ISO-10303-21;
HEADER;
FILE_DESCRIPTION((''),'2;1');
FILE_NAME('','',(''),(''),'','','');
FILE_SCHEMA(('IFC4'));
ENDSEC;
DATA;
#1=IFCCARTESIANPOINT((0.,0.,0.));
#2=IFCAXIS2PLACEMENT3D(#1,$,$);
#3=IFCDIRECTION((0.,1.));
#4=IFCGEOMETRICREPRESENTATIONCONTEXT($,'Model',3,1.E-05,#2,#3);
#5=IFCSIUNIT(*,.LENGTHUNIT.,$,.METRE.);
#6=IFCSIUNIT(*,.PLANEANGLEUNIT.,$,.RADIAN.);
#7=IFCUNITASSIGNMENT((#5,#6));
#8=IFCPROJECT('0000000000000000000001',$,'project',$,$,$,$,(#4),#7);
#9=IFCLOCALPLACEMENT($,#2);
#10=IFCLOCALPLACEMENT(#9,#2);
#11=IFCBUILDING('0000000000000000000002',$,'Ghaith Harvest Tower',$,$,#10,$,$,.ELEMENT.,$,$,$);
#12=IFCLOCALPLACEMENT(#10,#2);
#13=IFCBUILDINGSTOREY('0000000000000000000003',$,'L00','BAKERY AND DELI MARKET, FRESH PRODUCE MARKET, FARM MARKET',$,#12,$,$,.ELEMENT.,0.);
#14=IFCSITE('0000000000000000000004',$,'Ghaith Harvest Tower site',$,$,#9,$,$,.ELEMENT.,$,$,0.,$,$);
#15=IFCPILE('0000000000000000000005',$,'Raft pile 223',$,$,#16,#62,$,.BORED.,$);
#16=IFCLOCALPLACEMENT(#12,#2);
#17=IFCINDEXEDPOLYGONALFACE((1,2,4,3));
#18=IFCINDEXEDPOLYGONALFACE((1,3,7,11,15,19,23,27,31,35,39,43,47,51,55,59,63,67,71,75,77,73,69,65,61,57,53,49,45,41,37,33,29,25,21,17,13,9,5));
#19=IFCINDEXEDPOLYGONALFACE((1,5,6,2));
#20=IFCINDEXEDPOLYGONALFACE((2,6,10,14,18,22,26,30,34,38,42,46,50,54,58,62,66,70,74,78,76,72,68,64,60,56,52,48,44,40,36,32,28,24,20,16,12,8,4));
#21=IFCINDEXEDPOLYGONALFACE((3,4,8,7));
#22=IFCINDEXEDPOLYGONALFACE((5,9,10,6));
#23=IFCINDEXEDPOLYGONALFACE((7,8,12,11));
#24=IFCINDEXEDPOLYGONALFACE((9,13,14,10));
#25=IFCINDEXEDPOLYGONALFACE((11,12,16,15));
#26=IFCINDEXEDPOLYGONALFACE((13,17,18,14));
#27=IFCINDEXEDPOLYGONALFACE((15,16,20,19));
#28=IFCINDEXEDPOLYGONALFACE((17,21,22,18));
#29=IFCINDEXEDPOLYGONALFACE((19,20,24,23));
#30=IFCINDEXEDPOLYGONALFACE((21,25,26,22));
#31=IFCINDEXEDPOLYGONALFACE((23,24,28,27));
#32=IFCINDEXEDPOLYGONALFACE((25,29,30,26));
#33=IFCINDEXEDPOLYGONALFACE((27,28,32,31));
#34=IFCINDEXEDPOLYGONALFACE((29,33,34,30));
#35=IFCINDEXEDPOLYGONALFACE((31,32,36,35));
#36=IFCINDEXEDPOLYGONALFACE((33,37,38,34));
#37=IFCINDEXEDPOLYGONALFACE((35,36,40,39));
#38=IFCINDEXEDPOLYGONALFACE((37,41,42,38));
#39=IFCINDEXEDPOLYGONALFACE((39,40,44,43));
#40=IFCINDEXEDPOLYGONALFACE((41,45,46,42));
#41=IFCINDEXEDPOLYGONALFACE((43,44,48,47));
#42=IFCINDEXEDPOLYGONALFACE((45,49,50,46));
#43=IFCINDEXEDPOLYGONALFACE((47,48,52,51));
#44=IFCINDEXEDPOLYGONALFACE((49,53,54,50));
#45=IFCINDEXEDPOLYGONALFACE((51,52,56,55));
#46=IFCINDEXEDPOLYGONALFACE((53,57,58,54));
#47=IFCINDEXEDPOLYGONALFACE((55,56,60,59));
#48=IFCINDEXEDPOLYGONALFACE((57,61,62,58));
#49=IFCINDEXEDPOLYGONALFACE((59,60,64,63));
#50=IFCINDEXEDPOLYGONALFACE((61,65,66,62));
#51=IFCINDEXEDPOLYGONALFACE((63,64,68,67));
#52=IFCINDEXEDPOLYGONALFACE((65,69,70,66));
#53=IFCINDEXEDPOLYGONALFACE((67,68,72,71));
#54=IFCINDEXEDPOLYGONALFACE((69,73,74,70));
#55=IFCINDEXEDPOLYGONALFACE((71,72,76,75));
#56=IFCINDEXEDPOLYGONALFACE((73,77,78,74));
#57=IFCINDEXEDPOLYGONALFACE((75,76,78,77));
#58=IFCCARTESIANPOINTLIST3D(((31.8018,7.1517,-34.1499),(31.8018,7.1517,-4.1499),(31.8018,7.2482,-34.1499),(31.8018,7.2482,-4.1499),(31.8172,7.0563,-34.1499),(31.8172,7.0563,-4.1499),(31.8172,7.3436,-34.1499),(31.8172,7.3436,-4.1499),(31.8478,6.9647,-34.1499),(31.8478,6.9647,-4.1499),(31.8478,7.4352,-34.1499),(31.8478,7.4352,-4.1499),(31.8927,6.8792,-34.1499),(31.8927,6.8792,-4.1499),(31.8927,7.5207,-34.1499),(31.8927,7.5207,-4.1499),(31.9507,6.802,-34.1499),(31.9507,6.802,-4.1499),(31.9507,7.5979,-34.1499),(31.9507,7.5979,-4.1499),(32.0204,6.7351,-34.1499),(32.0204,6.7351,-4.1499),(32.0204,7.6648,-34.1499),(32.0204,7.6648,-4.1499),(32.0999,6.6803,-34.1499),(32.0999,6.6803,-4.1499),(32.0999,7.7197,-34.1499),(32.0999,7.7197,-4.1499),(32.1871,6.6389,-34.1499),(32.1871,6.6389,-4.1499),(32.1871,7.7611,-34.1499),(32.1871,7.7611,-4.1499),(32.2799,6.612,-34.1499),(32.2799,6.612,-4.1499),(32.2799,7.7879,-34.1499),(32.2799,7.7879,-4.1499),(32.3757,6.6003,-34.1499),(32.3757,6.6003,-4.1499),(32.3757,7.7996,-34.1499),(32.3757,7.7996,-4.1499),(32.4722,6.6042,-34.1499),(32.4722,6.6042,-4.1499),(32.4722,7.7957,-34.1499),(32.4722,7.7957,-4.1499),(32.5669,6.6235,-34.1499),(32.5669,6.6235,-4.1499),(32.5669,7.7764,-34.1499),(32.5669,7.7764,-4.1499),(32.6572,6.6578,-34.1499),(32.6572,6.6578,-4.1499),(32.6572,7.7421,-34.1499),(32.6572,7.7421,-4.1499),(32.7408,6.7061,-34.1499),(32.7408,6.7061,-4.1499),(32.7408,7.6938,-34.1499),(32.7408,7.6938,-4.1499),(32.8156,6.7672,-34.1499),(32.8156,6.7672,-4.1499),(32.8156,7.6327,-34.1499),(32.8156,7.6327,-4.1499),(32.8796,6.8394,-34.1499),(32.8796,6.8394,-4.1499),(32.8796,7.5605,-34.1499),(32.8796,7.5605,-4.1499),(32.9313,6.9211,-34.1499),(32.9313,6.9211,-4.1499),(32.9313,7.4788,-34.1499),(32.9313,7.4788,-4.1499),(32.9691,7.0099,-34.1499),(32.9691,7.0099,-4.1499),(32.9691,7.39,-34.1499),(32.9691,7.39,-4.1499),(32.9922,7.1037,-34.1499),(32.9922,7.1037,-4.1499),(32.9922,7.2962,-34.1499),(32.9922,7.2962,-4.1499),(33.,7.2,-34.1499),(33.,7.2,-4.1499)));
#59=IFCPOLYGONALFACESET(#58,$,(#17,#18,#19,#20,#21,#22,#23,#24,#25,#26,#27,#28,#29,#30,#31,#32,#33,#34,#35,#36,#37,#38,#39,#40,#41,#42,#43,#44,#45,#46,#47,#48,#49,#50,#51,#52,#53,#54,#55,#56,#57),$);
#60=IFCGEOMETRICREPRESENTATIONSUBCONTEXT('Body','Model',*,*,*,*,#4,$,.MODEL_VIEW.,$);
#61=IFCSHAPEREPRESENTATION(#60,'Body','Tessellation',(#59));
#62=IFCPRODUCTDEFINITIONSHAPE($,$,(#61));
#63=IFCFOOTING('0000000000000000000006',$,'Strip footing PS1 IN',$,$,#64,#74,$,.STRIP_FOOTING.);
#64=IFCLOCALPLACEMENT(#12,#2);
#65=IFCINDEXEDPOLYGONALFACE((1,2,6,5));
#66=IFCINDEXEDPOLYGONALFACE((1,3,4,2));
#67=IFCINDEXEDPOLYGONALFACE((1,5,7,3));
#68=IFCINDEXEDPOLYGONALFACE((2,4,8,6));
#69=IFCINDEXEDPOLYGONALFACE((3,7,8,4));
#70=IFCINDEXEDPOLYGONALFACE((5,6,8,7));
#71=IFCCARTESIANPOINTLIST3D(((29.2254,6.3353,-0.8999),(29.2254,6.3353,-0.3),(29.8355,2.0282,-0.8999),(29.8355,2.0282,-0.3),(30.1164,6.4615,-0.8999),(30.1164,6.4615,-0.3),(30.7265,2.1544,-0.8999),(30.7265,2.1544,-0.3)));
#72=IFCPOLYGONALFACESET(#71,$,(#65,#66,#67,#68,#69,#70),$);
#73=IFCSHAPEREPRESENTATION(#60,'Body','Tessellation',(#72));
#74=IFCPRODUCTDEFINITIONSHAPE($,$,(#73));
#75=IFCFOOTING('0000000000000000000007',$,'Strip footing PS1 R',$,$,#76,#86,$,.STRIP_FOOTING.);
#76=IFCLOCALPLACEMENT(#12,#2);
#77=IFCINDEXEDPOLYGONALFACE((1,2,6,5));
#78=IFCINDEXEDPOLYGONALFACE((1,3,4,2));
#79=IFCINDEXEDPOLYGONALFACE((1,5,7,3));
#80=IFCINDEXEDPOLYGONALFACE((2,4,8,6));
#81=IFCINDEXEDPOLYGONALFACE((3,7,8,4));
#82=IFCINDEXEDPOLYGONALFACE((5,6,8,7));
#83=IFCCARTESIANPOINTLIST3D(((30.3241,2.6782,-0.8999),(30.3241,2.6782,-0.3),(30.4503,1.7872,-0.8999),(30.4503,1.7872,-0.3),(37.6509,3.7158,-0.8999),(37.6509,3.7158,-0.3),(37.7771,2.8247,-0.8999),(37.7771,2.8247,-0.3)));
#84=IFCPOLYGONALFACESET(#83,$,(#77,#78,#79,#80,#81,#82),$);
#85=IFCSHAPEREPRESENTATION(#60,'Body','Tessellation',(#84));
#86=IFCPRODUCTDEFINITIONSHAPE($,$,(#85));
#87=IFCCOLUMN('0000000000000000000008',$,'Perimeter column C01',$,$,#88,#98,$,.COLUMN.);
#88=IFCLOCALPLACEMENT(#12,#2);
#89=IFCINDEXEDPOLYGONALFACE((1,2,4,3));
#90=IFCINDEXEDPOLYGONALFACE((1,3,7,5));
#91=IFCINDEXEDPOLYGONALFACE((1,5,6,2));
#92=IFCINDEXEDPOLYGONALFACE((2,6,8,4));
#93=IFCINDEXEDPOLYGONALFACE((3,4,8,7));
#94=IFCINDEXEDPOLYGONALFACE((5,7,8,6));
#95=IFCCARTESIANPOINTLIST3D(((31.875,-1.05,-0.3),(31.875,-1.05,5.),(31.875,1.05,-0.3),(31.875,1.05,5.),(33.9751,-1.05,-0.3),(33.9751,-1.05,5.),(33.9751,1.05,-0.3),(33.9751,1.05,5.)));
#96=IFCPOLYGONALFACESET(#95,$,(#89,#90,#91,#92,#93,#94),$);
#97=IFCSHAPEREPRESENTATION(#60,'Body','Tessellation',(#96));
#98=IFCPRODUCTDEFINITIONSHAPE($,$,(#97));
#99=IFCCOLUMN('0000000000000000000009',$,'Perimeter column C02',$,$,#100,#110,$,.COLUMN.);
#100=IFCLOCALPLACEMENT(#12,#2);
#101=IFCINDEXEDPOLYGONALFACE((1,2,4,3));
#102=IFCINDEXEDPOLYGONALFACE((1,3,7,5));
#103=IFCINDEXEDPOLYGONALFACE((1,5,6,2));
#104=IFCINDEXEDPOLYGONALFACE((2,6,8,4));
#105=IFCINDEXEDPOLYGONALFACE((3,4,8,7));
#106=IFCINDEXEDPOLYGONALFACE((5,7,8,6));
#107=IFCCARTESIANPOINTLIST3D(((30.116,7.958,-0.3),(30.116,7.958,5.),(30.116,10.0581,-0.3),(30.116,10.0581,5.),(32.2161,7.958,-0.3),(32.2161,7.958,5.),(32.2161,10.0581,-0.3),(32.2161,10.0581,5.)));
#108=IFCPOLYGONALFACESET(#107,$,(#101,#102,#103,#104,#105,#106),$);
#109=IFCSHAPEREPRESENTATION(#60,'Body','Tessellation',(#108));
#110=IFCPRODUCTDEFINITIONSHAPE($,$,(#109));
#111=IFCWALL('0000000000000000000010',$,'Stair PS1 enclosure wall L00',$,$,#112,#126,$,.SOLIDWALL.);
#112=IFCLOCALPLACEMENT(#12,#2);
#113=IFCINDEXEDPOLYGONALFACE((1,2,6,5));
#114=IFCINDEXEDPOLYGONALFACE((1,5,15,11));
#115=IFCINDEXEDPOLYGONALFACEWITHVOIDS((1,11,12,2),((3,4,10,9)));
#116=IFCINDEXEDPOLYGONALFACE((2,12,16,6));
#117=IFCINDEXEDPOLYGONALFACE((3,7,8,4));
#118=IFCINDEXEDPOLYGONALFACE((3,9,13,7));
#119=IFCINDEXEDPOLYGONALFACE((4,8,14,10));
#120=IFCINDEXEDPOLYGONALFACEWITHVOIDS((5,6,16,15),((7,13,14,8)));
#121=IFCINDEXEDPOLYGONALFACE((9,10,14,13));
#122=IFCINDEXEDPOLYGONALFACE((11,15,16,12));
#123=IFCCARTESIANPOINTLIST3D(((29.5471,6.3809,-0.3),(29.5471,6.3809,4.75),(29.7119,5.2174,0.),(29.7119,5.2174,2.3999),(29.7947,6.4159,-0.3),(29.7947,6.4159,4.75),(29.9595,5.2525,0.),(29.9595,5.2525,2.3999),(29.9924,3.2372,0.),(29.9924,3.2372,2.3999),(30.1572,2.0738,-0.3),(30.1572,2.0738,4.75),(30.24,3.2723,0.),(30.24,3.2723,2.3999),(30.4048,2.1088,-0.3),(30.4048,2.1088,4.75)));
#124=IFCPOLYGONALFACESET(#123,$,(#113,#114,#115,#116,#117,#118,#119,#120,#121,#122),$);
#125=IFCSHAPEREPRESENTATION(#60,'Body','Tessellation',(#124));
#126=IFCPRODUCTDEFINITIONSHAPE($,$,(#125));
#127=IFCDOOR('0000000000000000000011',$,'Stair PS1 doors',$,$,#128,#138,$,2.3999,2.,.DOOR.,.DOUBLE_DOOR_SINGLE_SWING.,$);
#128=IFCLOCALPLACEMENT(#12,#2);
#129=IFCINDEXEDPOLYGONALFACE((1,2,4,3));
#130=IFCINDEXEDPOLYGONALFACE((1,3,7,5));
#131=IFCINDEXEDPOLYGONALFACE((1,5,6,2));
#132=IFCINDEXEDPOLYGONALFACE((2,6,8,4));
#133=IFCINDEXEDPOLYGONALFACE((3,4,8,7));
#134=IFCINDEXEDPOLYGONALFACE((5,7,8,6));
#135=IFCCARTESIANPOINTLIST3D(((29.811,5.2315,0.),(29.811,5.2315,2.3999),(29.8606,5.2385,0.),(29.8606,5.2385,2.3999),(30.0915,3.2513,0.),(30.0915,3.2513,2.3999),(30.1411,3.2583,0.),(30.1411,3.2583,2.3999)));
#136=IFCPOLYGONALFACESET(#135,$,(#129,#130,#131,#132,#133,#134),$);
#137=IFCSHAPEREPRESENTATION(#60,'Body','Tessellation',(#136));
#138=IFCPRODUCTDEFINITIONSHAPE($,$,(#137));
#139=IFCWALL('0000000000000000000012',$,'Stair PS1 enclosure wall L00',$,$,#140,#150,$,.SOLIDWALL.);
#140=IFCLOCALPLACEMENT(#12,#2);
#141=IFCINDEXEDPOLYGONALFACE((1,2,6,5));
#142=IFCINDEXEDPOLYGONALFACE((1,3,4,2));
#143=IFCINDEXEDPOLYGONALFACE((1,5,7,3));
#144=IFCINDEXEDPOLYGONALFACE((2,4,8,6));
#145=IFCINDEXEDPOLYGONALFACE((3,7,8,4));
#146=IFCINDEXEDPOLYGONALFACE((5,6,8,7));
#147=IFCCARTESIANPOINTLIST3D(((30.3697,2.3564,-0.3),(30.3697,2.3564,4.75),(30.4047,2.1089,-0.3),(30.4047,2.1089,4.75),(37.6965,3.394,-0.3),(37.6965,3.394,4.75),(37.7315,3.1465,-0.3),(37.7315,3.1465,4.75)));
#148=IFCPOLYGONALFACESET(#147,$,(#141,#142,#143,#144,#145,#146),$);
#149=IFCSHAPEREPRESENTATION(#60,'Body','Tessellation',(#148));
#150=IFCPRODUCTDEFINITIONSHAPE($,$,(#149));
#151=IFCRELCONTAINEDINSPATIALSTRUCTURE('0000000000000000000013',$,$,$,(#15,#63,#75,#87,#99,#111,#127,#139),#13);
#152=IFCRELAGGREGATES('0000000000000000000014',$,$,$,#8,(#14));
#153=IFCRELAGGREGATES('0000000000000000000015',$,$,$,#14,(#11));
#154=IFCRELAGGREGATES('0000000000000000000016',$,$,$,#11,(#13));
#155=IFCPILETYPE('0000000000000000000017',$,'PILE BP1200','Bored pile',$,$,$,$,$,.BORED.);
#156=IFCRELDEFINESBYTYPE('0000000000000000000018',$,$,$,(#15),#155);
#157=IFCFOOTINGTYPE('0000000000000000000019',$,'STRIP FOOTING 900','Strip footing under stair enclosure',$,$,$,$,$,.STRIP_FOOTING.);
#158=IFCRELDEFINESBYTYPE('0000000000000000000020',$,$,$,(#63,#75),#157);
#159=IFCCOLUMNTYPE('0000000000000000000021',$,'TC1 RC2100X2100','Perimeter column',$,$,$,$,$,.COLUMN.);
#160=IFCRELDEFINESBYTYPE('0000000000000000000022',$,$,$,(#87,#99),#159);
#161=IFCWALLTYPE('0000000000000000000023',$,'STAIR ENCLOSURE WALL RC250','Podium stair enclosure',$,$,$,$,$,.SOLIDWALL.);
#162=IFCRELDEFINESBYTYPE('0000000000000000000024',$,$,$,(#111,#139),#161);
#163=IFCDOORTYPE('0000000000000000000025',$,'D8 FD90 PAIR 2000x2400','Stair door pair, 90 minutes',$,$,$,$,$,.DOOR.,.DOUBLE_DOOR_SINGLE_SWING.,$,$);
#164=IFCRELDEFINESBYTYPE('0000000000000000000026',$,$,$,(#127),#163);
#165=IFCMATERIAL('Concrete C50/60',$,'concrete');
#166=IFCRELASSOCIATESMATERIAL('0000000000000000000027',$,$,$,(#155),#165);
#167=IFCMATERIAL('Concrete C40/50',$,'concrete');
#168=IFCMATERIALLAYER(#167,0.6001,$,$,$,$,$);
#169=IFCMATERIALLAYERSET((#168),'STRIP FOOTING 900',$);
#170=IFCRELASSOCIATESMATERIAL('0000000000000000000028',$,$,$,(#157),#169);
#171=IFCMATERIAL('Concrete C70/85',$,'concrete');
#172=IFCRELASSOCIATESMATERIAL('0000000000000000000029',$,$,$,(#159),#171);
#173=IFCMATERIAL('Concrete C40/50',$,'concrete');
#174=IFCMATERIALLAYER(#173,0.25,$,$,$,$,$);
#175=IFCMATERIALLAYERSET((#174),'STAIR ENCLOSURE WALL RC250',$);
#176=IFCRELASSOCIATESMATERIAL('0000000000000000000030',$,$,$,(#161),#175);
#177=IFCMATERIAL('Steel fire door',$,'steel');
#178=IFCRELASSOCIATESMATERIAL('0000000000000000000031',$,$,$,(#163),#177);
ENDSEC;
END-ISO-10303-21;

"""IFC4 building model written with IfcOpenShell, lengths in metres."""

from ifc_helpers import new_model, si_unit, direction, frame, frame_2d, origin, origin_2d, place, context, subcontext, project, spatial, rectangle, circle, extrude, material, layer, layer_set, material_profile, profile_set, type_object, element, fill, save


model = new_model("IFC4")

# Units and contexts
model_context = context("Model", 3, precision=1e-05, world=origin(), true_north=direction((0.0, 1.0)))
body_context = subcontext(model_context, "Body", "Model", "MODEL_VIEW")
ifc_project = project(units=[si_unit("LENGTHUNIT", "METRE"), si_unit("PLANEANGLEUNIT", "RADIAN")], contexts=[model_context])

# Site, building, storey
site_placement = place(None, origin())
site = spatial("IfcSite", under=ifc_project, at=site_placement, Name="Ghaith Harvest Tower site", CompositionType="ELEMENT", RefElevation=0.0)
building_placement = place(site_placement, origin())
building = spatial("IfcBuilding", under=site, at=building_placement, Name="Ghaith Harvest Tower", CompositionType="ELEMENT")
storey_placement = place(building_placement, origin())
storey = spatial("IfcBuildingStorey", under=building, at=storey_placement, Name="L00", Description="BAKERY AND DELI MARKET, FRESH PRODUCE MARKET, FARM MARKET", CompositionType="ELEMENT", Elevation=0.0)

# Pile
ifc_material_1 = material(Name="Concrete C50/60", Category="concrete")
ifc_material_profile_1 = material_profile(ifc_material_1, circle(Radius=0.6001, at=origin_2d()), Name="PILE1200")
ifc_profile_set_1 = profile_set([ifc_material_profile_1], Name="Concrete C50/60")
pile_type = type_object("IfcPileType", Name="PILE BP1200", Description="Bored pile", PredefinedType="BORED", material=ifc_profile_set_1)
for number, where, z_axis, x_axis, name in (
    (1, (32.3999, 7.2, -4.1499), (0.0, 0.0, -1.0), (1.0, 0.0, 0.0), "Raft pile 223"),
):
    element("IfcPile", number, at=place(storey_placement, frame(where, z_axis=z_axis, x_axis=x_axis)), inside=storey, type_object=pile_type, Name=name, PredefinedType="BORED", context=body_context, shape_type="SweptSolid", body=[
        extrude(circle(Radius=0.6001, at=origin_2d()), origin(), (0.0, 0.0, 1.0), 30.0),
    ])

# Footings
ifc_material_2 = material(Name="Concrete C40/50", Category="concrete")
ifc_layer_1 = layer(ifc_material_2, 0.6001)
ifc_layer_set_1 = layer_set([ifc_layer_1], Name="STRIP FOOTING 900")
footing_type = type_object("IfcFootingType", Name="STRIP FOOTING 900", Description="Strip footing under stair enclosure", PredefinedType="STRIP_FOOTING", material=ifc_layer_set_1)
footing_1_placement = place(storey_placement, frame((30.281, 2.0913, -0.8999), z_axis=(0.0, 0.0, 1.0), x_axis=(-0.140251, 0.990116, 0.0)))
element("IfcFooting", 2, at=footing_1_placement, inside=storey, type_object=footing_type, Name="Strip footing PS1 IN", PredefinedType="STRIP_FOOTING", context=body_context, shape_type="SweptSolid", body=[
    extrude(rectangle(XDim=4.3501, YDim=0.8999, at=frame_2d((2.175, 0.0))), origin(), (0.0, 0.0, 1.0), 0.5999),
])
footing_2_placement = place(storey_placement, frame((30.3872, 2.2327, -0.8999), z_axis=(0.0, 0.0, 1.0), x_axis=(0.990121, 0.140216, 0.0)))
element("IfcFooting", 3, at=footing_2_placement, inside=storey, type_object=footing_type, Name="Strip footing PS1 R", PredefinedType="STRIP_FOOTING", context=body_context, shape_type="SweptSolid", body=[
    extrude(rectangle(XDim=7.3999, YDim=0.8999, at=frame_2d((3.7, 0.0))), origin(), (0.0, 0.0, 1.0), 0.5999),
])

# Columns
ifc_material_3 = material(Name="Concrete C70/85", Category="concrete")
ifc_material_profile_2 = material_profile(ifc_material_3, rectangle(XDim=2.1001, YDim=2.1001, at=origin_2d()), Name="RC2100X2100")
ifc_profile_set_2 = profile_set([ifc_material_profile_2], Name="Concrete C70/85")
column_type = type_object("IfcColumnType", Name="TC1 RC2100X2100", Description="Perimeter column", PredefinedType="COLUMN", material=ifc_profile_set_2)
for number, where, z_axis, x_axis, name in (
    (4, (32.925, 0.0, -0.3), (0.0, 0.0, 1.0), (1.0, 0.0, 0.0), "Perimeter column C01"),
    (5, (31.166, 9.0081, -0.3), (0.0, 0.0, 1.0), (1.0, 0.0, 0.0), "Perimeter column C02"),
):
    element("IfcColumn", number, at=place(storey_placement, frame(where, z_axis=z_axis, x_axis=x_axis)), inside=storey, type_object=column_type, Name=name, PredefinedType="COLUMN", context=body_context, shape_type="SweptSolid", body=[
        extrude(rectangle(XDim=2.1001, YDim=2.1001, at=origin_2d()), origin(), (0.0, 0.0, 1.0), 5.3),
    ])

# Wall, opening, door
ifc_material_4 = material(Name="Concrete C40/50", Category="concrete")
ifc_layer_2 = layer(ifc_material_4, 0.25)
ifc_layer_set_2 = layer_set([ifc_layer_2], Name="STAIR ENCLOSURE WALL RC250")
wall_type = type_object("IfcWallType", Name="STAIR ENCLOSURE WALL RC250", Description="Podium stair enclosure", PredefinedType="SOLIDWALL", material=ifc_layer_set_2)
wall_1_placement = place(storey_placement, frame((30.281, 2.0913, -0.3), z_axis=(0.0, 0.0, 1.0), x_axis=(-0.140251, 0.990116, 0.0)))
wall_1 = element("IfcWall", 6, at=wall_1_placement, inside=storey, type_object=wall_type, Name="Stair PS1 enclosure wall L00", PredefinedType="SOLIDWALL", context=body_context, shape_type="SweptSolid", body=[
    extrude(rectangle(XDim=4.3501, YDim=0.25, at=frame_2d((2.175, 0.0))), origin(), (0.0, 0.0, 1.0), 5.05),
])
opening_placement = place(wall_1_placement, frame((1.175, 0.0, 0.3)))
opening = element("IfcOpeningElement", 7, at=opening_placement, cuts=wall_1, PredefinedType="OPENING", context=body_context, shape_type="SweptSolid", body=[
    extrude(rectangle(XDim=2.0, YDim=2.3999, at=frame_2d((1.0, 1.2))), frame((0.0, 0.135, 0.0), z_axis=(0.0, -1.0, 0.0), x_axis=(1.0, 0.0, 0.0)), (0.0, 0.0, 1.0), 0.27),
])
ifc_material_5 = material(Name="Steel fire door", Category="steel")
door_type = type_object("IfcDoorType", Name="D8 FD90 PAIR 2000x2400", Description="Stair door pair, 90 minutes", OperationType="DOUBLE_DOOR_SINGLE_SWING", PredefinedType="DOOR", material=ifc_material_5)
door_placement = place(opening_placement, origin())
door = element("IfcDoor", 8, at=door_placement, inside=storey, type_object=door_type, Name="Stair PS1 doors", OperationType="DOUBLE_DOOR_SINGLE_SWING", OverallHeight=2.3999, OverallWidth=2.0, PredefinedType="DOOR", context=body_context, shape_type="SweptSolid", body=[
    extrude(rectangle(XDim=2.0, YDim=2.3999, at=frame_2d((1.0, 1.2))), frame((0.0, 0.0249, 0.0), z_axis=(0.0, -1.0, 0.0), x_axis=(1.0, 0.0, 0.0)), (0.0, 0.0, 1.0), 0.05),
])
fill(opening, door)

# Wall
wall_2_placement = place(storey_placement, frame((30.3872, 2.2327, -0.3), z_axis=(0.0, 0.0, 1.0), x_axis=(0.990121, 0.140216, 0.0)))
element("IfcWall", 9, at=wall_2_placement, inside=storey, type_object=wall_type, Name="Stair PS1 enclosure wall L00", PredefinedType="SOLIDWALL", context=body_context, shape_type="SweptSolid", body=[
    extrude(rectangle(XDim=7.3999, YDim=0.25, at=frame_2d((3.7, 0.0))), origin(), (0.0, 0.0, 1.0), 5.05),
])

save(model, "model.ifc")
